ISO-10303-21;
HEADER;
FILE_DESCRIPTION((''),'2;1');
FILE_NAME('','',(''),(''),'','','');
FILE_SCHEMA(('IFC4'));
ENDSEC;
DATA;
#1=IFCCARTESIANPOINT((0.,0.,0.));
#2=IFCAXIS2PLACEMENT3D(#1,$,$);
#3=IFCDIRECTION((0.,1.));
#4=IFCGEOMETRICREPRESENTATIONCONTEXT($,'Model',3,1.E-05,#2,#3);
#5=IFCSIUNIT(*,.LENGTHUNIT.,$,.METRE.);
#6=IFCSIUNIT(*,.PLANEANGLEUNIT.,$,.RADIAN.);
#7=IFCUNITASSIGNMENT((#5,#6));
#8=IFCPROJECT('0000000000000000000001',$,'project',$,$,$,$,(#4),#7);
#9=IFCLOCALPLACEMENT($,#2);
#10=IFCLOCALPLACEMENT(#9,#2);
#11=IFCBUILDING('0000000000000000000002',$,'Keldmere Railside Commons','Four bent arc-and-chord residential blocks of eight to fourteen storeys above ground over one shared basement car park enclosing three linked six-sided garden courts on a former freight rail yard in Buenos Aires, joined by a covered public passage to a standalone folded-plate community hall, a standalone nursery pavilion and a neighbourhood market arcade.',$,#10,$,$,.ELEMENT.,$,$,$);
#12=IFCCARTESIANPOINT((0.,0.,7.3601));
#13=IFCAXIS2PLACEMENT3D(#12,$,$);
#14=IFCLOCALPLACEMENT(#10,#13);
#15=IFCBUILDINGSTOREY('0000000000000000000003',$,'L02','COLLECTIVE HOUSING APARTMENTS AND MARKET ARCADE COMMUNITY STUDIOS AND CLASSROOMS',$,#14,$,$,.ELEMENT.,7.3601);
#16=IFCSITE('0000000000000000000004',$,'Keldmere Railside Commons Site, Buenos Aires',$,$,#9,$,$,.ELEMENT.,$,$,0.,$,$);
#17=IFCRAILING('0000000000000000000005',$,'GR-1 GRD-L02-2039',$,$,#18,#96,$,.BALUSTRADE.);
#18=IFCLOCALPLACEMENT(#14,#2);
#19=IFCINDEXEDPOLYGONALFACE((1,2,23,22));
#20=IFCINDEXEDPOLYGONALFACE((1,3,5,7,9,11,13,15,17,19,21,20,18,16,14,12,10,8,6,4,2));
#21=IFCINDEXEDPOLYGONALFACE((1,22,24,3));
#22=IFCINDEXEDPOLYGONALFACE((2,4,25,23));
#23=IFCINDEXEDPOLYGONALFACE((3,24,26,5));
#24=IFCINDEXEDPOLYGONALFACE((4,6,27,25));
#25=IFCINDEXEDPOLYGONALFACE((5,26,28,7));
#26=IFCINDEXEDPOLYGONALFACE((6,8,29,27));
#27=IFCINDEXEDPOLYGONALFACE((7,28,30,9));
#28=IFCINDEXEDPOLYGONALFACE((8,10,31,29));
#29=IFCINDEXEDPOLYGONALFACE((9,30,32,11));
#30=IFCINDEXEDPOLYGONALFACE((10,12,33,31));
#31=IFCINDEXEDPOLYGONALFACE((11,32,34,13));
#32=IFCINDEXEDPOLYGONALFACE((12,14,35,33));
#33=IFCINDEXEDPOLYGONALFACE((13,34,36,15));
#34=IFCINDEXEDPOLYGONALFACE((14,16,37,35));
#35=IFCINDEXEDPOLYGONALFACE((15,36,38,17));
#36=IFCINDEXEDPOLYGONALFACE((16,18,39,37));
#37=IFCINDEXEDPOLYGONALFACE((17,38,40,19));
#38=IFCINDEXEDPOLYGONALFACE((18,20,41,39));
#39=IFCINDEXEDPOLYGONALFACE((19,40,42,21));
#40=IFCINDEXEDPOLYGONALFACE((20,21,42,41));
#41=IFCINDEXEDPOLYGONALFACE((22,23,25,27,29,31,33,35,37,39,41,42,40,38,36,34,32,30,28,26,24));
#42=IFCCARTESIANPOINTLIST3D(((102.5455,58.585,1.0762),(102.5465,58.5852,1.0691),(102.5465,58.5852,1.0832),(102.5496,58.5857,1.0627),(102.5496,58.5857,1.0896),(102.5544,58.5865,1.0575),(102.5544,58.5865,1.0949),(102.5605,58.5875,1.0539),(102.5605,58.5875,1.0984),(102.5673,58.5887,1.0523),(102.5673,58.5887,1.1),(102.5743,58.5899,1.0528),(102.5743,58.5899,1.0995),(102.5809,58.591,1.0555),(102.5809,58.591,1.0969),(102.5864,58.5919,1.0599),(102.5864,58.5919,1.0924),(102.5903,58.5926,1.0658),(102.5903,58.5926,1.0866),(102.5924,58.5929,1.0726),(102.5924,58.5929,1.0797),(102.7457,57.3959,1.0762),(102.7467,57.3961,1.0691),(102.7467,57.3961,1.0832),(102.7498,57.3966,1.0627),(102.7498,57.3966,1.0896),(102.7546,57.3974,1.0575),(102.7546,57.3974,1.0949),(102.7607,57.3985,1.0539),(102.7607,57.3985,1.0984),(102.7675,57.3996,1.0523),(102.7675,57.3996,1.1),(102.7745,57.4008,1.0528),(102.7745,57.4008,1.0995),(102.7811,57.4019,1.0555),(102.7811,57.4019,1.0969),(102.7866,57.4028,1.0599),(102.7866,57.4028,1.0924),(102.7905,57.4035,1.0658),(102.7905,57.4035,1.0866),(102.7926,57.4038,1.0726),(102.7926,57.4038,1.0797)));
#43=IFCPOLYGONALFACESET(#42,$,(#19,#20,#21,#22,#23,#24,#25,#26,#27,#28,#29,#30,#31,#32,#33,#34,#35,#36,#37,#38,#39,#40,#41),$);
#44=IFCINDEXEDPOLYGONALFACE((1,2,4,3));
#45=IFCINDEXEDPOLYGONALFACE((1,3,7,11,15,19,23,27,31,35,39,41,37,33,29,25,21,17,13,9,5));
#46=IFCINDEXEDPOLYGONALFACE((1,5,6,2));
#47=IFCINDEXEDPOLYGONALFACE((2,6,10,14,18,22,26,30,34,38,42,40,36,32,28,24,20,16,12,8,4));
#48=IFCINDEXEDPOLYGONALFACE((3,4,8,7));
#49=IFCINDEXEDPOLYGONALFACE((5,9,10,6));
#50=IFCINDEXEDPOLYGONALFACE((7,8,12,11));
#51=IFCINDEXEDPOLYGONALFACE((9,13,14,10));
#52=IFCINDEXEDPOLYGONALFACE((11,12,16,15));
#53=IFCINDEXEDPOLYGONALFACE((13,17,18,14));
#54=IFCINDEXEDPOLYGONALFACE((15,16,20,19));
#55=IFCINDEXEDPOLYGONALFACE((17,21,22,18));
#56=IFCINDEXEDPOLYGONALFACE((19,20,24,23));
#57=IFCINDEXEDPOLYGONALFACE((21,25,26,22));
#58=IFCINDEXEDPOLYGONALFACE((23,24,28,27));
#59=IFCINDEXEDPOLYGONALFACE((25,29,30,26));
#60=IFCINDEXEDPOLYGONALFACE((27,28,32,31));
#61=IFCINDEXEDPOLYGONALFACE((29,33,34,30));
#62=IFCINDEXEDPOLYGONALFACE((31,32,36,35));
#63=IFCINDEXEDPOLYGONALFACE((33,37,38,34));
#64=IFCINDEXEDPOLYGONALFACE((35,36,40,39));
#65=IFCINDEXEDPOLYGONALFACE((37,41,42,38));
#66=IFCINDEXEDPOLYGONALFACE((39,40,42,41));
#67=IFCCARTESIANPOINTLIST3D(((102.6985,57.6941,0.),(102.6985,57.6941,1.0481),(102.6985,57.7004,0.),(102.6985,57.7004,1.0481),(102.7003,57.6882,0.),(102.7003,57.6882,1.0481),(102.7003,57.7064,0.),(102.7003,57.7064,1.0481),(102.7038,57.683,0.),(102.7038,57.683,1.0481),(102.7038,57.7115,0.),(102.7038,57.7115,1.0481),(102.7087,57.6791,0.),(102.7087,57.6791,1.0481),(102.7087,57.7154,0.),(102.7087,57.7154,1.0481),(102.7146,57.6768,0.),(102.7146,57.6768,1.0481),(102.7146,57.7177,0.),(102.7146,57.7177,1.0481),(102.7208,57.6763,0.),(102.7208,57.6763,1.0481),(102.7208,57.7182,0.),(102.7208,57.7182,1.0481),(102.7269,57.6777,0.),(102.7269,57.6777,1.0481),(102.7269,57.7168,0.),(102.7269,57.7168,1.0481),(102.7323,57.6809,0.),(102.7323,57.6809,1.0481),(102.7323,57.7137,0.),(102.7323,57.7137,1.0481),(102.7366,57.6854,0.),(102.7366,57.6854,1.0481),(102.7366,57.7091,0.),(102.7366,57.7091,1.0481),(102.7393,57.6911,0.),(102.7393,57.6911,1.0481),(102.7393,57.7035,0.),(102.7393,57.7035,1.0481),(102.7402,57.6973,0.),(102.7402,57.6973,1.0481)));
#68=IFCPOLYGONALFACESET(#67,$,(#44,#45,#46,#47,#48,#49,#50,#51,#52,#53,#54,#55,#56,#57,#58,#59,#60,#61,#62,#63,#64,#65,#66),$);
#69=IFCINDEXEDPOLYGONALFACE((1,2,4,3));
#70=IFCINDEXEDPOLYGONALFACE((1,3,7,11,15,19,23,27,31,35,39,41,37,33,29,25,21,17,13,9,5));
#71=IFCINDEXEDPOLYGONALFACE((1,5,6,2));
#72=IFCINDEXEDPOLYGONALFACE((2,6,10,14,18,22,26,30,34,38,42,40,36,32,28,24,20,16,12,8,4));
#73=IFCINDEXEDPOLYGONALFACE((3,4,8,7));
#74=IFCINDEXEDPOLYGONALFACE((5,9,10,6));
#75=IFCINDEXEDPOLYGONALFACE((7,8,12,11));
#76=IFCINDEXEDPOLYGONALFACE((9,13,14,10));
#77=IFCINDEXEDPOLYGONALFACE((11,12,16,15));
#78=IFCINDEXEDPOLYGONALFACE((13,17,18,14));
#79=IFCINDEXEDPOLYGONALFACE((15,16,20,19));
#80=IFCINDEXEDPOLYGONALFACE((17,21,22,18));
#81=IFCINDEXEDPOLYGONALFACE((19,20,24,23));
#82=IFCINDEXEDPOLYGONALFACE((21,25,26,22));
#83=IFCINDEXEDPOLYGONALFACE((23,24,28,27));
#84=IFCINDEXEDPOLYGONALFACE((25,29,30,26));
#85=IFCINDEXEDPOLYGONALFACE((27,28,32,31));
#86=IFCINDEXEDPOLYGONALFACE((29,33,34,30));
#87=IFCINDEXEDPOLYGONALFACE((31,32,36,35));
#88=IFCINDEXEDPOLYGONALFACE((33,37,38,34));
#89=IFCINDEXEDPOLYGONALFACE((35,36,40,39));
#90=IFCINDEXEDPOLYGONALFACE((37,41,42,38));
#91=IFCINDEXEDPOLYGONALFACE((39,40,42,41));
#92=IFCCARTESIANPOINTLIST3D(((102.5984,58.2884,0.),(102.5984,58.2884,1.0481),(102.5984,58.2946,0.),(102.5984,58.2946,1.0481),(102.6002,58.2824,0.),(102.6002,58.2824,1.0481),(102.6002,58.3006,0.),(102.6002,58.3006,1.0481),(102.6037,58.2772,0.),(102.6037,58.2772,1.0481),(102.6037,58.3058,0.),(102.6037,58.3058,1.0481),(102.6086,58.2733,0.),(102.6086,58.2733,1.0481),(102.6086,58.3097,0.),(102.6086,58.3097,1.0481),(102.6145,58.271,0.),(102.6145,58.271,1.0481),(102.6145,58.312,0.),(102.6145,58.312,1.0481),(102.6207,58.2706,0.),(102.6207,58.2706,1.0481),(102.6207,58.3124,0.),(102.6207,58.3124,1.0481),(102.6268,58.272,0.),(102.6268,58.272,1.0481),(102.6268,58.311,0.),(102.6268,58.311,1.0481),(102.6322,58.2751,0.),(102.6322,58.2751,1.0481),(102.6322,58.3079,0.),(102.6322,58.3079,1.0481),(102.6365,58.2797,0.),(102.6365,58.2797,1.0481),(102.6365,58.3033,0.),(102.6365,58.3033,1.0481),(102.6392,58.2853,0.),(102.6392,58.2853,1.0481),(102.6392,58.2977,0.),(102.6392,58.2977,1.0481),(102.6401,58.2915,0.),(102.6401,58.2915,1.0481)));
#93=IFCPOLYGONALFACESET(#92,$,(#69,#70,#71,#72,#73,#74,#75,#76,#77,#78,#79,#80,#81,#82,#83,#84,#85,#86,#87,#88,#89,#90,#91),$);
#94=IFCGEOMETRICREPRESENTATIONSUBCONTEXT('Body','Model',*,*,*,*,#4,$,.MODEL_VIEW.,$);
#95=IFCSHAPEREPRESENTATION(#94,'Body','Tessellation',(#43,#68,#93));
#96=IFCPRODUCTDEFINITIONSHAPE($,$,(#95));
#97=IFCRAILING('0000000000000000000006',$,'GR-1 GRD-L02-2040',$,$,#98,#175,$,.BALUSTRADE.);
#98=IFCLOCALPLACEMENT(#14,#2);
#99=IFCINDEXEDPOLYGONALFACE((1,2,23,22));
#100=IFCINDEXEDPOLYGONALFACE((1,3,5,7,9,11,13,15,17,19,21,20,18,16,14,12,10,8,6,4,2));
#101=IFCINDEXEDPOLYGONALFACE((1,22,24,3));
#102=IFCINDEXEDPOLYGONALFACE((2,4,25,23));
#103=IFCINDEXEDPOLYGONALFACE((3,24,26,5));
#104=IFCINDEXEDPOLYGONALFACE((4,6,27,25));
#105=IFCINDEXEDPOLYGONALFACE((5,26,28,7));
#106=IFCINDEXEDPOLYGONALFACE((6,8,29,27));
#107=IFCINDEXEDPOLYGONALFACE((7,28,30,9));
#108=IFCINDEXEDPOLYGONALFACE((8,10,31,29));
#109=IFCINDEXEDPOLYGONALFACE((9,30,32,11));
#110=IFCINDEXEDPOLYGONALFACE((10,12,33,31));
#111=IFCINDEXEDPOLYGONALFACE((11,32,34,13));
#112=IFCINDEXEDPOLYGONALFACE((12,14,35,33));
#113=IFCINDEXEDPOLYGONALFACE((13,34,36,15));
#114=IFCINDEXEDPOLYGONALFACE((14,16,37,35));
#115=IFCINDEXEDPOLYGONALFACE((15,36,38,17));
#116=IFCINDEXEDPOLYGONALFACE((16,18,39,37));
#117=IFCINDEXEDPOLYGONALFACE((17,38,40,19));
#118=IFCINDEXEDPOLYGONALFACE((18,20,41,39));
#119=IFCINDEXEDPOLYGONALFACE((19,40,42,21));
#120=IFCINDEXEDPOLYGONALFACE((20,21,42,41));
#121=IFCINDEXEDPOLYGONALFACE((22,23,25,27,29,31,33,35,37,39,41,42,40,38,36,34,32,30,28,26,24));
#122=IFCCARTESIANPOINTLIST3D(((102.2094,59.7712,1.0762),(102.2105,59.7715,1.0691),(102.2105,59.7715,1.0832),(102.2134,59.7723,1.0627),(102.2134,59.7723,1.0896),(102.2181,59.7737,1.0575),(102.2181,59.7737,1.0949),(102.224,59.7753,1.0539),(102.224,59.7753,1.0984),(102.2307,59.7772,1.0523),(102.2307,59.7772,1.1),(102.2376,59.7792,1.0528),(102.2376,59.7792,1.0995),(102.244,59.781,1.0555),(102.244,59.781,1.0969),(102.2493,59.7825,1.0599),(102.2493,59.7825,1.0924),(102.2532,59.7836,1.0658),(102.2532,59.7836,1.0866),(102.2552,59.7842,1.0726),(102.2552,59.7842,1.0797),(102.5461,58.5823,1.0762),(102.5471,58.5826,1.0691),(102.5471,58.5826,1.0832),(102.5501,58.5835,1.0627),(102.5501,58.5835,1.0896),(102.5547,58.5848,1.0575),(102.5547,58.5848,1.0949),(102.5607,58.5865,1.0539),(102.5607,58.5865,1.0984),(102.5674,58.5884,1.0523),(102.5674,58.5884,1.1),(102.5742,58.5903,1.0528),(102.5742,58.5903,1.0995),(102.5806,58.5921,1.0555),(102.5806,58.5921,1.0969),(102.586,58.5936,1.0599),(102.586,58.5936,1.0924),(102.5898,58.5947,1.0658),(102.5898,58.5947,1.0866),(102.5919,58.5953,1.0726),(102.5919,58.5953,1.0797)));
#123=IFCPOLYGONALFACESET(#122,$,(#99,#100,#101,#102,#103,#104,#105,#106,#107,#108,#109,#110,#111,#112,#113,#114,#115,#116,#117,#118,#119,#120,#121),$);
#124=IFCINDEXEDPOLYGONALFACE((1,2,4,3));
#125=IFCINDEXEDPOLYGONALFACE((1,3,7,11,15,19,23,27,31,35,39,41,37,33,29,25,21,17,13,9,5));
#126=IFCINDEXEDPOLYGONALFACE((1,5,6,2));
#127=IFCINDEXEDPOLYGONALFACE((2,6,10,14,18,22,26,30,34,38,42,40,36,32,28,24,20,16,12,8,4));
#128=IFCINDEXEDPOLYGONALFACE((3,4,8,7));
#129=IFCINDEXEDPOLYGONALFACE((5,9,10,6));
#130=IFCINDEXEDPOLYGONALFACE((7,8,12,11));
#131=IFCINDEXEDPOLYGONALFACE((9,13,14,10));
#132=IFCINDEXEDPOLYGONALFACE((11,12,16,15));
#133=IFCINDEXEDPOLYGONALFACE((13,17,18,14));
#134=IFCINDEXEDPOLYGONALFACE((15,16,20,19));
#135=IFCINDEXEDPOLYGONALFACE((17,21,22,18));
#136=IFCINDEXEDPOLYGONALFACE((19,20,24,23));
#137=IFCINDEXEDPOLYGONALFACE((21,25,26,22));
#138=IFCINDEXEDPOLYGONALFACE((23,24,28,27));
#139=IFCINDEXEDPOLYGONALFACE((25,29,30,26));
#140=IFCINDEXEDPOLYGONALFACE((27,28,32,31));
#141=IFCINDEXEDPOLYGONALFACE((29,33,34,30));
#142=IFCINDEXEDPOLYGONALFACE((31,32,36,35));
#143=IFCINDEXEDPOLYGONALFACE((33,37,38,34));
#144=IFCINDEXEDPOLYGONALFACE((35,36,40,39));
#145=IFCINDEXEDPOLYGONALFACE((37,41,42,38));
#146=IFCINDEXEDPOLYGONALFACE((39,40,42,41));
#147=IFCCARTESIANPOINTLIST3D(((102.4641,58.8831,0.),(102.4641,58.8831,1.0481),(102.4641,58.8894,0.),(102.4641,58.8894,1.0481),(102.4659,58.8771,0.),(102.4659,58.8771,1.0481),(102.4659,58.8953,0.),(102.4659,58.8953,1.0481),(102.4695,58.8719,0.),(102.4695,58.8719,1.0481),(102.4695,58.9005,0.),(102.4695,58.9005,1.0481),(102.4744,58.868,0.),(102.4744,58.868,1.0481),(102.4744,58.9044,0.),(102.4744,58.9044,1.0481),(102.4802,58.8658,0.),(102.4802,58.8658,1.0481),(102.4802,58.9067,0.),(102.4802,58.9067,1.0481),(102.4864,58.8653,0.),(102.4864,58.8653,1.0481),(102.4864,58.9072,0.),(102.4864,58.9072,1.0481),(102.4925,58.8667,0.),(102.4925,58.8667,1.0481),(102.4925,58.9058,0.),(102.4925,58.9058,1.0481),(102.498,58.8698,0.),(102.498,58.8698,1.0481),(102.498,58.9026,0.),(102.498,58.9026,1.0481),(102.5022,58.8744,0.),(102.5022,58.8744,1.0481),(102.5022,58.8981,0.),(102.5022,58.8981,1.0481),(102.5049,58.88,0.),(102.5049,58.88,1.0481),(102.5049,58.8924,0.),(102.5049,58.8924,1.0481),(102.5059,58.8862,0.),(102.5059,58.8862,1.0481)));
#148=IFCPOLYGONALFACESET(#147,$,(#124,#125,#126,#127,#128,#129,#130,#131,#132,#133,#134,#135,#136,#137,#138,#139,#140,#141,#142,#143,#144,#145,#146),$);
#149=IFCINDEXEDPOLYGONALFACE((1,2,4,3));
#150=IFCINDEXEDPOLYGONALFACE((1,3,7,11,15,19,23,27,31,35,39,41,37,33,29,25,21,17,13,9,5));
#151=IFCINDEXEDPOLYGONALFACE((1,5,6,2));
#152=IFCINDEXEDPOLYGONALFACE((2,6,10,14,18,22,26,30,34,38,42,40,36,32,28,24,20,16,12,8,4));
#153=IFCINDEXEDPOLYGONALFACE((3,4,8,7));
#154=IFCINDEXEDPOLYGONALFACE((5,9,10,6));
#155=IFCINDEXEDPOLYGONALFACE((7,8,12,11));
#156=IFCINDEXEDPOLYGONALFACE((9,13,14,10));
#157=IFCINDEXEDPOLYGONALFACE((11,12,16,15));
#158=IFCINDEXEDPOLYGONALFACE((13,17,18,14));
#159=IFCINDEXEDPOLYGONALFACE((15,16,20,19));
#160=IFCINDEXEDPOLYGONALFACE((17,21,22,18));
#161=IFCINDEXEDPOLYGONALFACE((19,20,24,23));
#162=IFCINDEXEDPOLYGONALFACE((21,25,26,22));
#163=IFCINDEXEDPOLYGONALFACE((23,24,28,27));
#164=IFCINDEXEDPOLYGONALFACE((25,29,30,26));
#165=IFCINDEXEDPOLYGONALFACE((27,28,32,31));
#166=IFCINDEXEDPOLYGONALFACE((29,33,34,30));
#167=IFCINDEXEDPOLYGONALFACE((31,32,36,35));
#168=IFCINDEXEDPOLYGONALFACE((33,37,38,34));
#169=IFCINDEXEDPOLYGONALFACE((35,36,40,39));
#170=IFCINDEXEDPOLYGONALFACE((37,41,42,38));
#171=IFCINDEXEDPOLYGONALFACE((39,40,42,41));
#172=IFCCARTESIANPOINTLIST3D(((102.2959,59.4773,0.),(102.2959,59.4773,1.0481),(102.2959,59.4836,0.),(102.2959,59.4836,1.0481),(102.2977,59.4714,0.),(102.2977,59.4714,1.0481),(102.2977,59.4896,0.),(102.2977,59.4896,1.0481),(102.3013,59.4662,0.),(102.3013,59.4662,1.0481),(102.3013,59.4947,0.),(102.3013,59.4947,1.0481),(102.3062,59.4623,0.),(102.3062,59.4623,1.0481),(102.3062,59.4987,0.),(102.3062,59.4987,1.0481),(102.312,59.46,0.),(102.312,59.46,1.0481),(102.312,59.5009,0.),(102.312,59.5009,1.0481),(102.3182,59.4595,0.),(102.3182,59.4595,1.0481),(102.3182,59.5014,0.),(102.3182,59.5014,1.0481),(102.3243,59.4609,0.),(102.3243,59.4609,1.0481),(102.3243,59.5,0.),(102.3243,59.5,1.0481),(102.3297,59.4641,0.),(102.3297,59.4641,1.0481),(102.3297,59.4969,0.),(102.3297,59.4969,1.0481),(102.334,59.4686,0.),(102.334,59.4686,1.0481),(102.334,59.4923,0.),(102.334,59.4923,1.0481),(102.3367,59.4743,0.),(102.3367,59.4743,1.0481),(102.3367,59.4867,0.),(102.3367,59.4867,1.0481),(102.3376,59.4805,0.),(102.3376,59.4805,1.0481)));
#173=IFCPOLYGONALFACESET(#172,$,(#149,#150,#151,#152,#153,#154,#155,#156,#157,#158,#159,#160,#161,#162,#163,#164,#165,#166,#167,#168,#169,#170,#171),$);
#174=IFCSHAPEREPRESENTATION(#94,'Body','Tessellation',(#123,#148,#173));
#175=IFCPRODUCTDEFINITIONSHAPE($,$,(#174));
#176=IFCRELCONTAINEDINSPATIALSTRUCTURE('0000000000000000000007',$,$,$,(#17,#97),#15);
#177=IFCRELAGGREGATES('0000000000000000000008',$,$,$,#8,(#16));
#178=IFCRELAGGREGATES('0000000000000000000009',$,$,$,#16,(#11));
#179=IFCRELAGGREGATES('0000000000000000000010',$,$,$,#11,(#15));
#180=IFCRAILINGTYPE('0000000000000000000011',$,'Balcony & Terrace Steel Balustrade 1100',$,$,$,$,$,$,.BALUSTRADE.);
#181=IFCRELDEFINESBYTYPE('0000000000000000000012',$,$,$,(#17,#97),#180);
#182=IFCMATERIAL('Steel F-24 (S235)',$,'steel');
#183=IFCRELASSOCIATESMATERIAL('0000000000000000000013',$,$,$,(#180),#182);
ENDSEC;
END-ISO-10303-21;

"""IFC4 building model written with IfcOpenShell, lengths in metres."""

from ifc_helpers import new_model, si_unit, direction, frame, origin, origin_2d, place, context, subcontext, project, spatial, circle, extrude, material, type_object, element, save


model = new_model("IFC4")

# Units and contexts
model_context = context("Model", 3, precision=1e-05, world=origin(), true_north=direction((0.0, 1.0)))
body_context = subcontext(model_context, "Body", "Model", "MODEL_VIEW")
ifc_project = project(units=[si_unit("LENGTHUNIT", "METRE"), si_unit("PLANEANGLEUNIT", "RADIAN")], contexts=[model_context])

# Site, building, storey
site_placement = place(None, origin())
site = spatial("IfcSite", under=ifc_project, at=site_placement, Name="Keldmere Railside Commons Site, Buenos Aires", CompositionType="ELEMENT", RefElevation=0.0)
building_placement = place(site_placement, origin())
building = spatial("IfcBuilding", under=site, at=building_placement, Name="Keldmere Railside Commons", Description="Four bent arc-and-chord residential blocks of eight to fourteen storeys above ground over one shared basement car park enclosing three linked six-sided garden courts on a former freight rail yard in Buenos Aires, joined by a covered public passage to a standalone folded-plate community hall, a standalone nursery pavilion and a neighbourhood market arcade.", CompositionType="ELEMENT")
storey_placement = place(building_placement, frame((0.0, 0.0, 7.3601)))
storey = spatial("IfcBuildingStorey", under=building, at=storey_placement, Name="L02", Description="COLLECTIVE HOUSING APARTMENTS AND MARKET ARCADE COMMUNITY STUDIOS AND CLASSROOMS", CompositionType="ELEMENT", Elevation=7.3601)

# Railings
ifc_material_1 = material(Name="Steel F-24 (S235)", Category="steel")
railing_type_1 = type_object("IfcRailingType", Name="Balcony & Terrace Steel Balustrade 1100", PredefinedType="BALUSTRADE", material=ifc_material_1)
railing_1_placement = place(storey_placement, frame((102.7693, 57.3999, 0.0)))
element("IfcRailing", 1, at=railing_1_placement, inside=storey, type_object=railing_type_1, Name="GR-1 GRD-L02-2039", PredefinedType="BALUSTRADE", context=body_context, shape_type="SweptSolid", body=[
    extrude(circle(Radius=0.0239, at=origin_2d()), frame((0.0, 0.0, 1.0762), z_axis=(-0.166041, 0.986119, 0.0), x_axis=(-0.986119, -0.166041, 0.0)), (0.0, 0.0, 1.0), 1.2058),
    extrude(circle(Radius=0.021, at=origin_2d()), frame((-0.05, 0.2974, 0.0)), (0.0, 0.0, 1.0), 1.0481),
    extrude(circle(Radius=0.021, at=origin_2d()), frame((-0.1501, 0.8916, 0.0)), (0.0, 0.0, 1.0), 1.0481),
])
railing_2_placement = place(storey_placement, frame((102.5691, 58.5889, 0.0)))
element("IfcRailing", 2, at=railing_2_placement, inside=storey, type_object=railing_type_1, Name="GR-1 GRD-L02-2040", PredefinedType="BALUSTRADE", context=body_context, shape_type="SweptSolid", body=[
    extrude(circle(Radius=0.0239, at=origin_2d()), frame((0.0, 0.0, 1.0762), z_axis=(-0.27245, 0.96217, 0.0), x_axis=(-0.96217, -0.27245, 0.0)), (0.0, 0.0, 1.0), 1.2356),
    extrude(circle(Radius=0.021, at=origin_2d()), frame((-0.0842, 0.2974, 0.0)), (0.0, 0.0, 1.0), 1.0481),
    extrude(circle(Radius=0.021, at=origin_2d()), frame((-0.2524, 0.8916, 0.0)), (0.0, 0.0, 1.0), 1.0481),
])

save(model, "model.ifc")
